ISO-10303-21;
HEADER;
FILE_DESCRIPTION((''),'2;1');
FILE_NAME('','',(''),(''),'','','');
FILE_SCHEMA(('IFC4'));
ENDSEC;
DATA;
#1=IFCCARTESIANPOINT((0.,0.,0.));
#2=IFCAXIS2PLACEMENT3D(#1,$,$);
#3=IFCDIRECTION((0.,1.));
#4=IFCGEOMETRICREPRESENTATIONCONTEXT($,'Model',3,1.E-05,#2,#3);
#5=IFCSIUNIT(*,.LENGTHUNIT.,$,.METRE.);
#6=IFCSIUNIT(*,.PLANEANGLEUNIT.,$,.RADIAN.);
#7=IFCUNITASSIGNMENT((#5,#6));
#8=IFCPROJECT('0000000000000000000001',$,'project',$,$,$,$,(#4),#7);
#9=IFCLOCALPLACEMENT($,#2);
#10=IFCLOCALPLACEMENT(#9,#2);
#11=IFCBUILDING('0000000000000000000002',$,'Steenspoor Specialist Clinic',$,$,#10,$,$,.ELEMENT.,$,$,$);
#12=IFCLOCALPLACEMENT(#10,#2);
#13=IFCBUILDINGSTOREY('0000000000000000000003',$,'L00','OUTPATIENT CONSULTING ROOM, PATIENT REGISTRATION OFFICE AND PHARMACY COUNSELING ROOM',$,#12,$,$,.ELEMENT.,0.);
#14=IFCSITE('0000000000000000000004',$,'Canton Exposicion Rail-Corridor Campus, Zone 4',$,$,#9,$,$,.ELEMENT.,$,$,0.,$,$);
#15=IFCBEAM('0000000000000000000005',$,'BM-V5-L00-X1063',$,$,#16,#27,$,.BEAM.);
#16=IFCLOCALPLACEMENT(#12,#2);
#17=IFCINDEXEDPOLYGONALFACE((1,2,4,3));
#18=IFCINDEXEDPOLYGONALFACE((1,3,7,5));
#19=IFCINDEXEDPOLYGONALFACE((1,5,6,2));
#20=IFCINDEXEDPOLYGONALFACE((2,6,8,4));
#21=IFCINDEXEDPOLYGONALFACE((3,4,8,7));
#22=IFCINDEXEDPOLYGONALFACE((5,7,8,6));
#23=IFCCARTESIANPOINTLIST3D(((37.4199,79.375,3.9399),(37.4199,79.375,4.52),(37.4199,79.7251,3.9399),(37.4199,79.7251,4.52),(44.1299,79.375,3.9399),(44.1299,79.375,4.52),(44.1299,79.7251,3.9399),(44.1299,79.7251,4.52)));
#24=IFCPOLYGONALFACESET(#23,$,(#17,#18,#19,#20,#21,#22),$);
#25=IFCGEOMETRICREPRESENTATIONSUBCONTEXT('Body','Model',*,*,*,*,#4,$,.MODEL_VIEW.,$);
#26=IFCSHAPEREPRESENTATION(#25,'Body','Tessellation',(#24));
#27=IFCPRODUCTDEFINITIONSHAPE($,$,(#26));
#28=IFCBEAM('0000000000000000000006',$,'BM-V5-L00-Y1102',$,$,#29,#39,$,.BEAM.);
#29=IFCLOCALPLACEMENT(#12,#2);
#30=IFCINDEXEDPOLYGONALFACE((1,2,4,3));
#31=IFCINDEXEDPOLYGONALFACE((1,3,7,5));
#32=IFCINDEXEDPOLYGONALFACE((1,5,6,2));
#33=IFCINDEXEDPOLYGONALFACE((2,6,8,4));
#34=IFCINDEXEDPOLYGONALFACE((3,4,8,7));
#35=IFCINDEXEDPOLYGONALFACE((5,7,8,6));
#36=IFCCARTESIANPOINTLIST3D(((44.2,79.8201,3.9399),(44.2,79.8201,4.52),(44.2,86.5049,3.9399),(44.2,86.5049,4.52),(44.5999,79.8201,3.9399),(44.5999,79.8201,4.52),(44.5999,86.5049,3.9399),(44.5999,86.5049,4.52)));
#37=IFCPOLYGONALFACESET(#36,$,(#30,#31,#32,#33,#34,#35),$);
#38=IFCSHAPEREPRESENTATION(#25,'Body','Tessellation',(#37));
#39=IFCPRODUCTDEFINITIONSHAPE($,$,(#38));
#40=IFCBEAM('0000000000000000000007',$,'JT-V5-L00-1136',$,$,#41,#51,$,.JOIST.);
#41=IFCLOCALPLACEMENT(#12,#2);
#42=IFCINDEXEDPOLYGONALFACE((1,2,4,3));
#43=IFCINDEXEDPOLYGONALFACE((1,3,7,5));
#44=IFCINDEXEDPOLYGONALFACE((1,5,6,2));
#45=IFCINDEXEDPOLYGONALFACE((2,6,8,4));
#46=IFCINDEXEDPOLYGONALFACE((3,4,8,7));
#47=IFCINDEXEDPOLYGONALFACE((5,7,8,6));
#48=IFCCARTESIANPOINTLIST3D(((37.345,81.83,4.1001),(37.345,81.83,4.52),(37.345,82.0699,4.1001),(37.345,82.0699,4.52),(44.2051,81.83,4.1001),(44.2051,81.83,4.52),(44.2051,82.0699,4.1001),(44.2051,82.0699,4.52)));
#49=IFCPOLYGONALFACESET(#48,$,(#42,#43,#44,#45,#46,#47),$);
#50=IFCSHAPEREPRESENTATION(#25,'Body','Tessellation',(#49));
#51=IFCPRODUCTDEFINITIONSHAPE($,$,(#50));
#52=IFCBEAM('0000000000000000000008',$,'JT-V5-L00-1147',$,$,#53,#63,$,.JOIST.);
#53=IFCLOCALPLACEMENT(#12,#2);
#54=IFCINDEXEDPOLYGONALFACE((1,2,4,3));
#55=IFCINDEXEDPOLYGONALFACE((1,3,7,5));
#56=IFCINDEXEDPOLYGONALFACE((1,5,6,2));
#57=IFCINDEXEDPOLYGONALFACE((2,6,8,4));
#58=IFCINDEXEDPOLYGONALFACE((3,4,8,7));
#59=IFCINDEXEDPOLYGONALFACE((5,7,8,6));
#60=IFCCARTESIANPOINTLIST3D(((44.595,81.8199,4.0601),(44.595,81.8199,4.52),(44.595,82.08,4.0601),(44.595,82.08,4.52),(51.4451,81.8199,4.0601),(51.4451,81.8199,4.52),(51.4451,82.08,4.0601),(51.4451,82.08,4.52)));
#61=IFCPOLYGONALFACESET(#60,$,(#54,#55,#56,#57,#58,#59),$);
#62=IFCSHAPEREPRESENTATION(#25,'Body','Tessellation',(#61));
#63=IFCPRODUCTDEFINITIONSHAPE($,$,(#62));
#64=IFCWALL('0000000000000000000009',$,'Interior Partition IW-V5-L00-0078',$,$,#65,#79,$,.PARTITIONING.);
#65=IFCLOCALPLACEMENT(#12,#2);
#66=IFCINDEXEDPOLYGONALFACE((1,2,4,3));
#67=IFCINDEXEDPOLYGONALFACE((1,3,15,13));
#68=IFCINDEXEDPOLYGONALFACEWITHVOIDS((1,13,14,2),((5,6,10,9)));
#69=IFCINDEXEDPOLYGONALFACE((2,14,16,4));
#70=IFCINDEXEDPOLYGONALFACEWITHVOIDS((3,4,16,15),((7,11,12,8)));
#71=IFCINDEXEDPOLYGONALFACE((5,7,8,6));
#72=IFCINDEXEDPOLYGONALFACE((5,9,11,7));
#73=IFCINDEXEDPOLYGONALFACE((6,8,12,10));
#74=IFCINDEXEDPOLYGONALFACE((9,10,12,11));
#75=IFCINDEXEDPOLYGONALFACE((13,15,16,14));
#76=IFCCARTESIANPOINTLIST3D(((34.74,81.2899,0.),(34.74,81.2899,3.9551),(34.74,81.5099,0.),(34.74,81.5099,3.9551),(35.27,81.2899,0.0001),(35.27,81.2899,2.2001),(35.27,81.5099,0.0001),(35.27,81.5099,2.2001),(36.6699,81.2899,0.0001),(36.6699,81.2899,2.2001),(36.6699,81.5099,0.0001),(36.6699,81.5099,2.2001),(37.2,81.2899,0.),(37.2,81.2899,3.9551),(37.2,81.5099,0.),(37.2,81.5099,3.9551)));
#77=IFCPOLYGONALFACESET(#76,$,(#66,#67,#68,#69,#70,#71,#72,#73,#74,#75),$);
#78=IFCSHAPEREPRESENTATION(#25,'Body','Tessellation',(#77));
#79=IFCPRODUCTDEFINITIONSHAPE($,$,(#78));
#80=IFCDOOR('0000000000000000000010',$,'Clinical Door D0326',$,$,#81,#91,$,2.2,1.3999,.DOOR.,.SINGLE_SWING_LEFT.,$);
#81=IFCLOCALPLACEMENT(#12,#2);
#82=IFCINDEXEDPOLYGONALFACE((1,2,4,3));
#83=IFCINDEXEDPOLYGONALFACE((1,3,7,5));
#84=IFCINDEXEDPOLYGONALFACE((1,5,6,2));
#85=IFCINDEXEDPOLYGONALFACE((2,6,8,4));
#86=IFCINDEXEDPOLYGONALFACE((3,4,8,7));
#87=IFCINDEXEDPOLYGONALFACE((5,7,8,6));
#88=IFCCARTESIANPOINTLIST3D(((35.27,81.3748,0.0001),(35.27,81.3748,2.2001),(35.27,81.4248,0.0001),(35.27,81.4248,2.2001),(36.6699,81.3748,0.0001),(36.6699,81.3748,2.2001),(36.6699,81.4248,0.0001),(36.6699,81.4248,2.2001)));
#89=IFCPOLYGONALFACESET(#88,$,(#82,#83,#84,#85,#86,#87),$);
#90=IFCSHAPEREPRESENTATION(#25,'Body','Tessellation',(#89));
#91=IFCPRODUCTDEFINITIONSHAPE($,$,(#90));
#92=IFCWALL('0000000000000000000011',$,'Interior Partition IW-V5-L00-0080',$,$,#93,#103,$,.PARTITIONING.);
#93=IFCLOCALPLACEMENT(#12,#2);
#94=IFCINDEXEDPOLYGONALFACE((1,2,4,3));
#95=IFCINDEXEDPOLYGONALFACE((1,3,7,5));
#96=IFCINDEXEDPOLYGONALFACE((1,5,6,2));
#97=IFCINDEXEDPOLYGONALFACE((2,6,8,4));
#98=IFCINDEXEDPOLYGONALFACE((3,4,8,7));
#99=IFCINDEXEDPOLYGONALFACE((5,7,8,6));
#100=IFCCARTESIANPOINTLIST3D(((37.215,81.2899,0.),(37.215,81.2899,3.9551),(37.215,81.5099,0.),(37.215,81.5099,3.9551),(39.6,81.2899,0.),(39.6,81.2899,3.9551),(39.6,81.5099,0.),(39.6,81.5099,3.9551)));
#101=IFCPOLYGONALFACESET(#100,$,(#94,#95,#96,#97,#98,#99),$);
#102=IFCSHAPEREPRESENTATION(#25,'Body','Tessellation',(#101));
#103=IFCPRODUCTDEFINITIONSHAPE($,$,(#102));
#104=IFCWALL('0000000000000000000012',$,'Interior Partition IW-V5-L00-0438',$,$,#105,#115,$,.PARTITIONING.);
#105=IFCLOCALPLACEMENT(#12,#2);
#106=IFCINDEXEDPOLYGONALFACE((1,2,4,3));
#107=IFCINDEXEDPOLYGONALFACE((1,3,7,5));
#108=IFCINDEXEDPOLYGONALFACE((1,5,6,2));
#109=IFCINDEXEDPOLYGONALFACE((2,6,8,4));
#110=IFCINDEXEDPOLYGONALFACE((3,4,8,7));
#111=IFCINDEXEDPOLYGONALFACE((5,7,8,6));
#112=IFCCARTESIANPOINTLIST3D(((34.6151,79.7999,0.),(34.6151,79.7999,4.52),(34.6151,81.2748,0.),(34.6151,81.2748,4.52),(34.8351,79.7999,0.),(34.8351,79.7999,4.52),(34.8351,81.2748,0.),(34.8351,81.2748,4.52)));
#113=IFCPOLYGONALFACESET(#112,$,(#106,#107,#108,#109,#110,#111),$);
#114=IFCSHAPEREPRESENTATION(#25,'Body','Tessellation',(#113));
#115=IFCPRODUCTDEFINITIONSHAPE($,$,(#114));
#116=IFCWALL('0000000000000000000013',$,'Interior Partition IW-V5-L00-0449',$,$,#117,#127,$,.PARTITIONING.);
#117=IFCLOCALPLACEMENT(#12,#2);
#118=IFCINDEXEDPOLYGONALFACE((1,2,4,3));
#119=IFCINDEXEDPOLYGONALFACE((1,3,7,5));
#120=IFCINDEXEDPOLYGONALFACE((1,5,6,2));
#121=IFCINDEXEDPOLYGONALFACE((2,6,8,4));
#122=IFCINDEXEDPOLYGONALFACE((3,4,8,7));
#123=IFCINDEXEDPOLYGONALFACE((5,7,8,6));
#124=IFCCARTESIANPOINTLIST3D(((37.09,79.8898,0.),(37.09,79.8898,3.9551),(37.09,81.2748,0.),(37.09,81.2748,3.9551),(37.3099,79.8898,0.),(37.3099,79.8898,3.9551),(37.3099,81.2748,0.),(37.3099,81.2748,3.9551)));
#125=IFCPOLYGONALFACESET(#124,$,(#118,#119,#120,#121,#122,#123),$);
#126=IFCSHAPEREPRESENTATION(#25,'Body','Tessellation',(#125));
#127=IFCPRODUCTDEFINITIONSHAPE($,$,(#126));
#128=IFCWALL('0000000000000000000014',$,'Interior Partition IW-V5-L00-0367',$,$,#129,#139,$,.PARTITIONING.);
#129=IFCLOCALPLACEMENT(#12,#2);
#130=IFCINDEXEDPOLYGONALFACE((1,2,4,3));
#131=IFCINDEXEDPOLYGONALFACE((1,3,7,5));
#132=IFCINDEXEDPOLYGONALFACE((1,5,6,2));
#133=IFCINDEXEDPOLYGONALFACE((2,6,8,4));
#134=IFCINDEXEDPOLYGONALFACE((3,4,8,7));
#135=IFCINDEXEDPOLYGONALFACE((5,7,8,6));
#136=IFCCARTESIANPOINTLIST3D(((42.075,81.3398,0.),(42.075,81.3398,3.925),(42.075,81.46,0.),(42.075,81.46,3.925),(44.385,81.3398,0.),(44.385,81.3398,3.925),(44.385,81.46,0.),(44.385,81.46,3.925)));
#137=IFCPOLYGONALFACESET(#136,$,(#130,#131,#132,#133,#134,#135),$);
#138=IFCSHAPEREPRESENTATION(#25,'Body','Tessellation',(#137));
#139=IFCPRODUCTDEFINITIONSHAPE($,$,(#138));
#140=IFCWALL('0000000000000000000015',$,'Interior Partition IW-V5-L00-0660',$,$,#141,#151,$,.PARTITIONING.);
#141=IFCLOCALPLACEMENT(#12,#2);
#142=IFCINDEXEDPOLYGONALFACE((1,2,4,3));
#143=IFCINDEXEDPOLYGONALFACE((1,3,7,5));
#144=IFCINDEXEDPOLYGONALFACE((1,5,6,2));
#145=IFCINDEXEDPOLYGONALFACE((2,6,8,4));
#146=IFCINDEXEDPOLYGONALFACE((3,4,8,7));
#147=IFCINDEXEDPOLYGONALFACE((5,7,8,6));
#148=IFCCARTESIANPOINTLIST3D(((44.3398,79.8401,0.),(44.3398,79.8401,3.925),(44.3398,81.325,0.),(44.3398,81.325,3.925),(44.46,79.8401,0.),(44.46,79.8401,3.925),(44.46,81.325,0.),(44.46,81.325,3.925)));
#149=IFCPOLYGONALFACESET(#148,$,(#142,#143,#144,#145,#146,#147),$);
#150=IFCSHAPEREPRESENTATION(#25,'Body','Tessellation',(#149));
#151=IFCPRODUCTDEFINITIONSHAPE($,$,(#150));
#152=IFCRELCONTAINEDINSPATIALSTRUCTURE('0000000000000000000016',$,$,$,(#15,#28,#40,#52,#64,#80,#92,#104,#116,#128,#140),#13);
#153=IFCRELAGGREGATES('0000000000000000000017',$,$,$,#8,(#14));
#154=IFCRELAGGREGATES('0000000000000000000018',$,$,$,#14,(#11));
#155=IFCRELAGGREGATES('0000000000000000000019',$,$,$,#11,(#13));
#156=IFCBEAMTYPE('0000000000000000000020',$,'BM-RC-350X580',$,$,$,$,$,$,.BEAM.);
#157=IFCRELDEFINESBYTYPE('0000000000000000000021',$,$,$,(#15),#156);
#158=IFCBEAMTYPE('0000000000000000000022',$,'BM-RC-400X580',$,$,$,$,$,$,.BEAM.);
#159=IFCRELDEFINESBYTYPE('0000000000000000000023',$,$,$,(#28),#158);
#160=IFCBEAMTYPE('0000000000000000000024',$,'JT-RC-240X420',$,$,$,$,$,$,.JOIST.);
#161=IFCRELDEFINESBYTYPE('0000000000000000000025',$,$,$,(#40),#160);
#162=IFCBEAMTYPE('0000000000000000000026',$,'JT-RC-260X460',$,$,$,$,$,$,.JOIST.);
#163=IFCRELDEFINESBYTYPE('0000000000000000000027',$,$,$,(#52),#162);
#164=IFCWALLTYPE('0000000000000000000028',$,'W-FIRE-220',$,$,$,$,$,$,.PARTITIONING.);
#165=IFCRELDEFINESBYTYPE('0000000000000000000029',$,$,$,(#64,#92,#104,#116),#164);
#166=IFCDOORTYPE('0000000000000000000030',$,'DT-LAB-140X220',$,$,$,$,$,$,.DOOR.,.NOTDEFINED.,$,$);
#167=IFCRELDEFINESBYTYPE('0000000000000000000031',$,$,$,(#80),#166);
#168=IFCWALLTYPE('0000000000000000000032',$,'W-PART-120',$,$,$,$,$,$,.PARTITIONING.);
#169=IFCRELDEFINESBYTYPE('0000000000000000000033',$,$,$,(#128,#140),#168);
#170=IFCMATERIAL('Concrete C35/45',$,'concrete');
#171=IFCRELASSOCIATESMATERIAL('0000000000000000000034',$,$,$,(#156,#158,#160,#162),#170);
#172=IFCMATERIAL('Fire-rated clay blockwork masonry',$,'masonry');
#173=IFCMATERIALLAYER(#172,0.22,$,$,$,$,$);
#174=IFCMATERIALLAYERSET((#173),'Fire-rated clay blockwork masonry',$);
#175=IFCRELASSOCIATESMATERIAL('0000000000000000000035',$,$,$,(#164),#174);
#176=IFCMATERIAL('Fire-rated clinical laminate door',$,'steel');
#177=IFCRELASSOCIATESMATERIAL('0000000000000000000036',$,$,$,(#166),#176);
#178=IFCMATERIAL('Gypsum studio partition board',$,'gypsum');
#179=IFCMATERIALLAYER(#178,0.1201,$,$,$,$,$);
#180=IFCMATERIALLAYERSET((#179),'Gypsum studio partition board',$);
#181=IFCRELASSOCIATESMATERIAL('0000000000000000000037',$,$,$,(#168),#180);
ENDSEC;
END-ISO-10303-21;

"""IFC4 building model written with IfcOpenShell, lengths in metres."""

from ifc_helpers import new_model, si_unit, direction, frame, frame_2d, origin, origin_2d, place, context, subcontext, project, spatial, rectangle, extrude, material, layer, layer_set, material_profile, profile_set, type_object, element, fill, save


model = new_model("IFC4")

# Units and contexts
model_context = context("Model", 3, precision=1e-05, world=origin(), true_north=direction((0.0, 1.0)))
body_context = subcontext(model_context, "Body", "Model", "MODEL_VIEW")
ifc_project = project(units=[si_unit("LENGTHUNIT", "METRE"), si_unit("PLANEANGLEUNIT", "RADIAN")], contexts=[model_context])

# Site, building, storey
site_placement = place(None, origin())
site = spatial("IfcSite", under=ifc_project, at=site_placement, Name="Canton Exposicion Rail-Corridor Campus, Zone 4", CompositionType="ELEMENT", RefElevation=0.0)
building_placement = place(site_placement, origin())
building = spatial("IfcBuilding", under=site, at=building_placement, Name="Steenspoor Specialist Clinic", CompositionType="ELEMENT")
storey_placement = place(building_placement, origin())
storey = spatial("IfcBuildingStorey", under=building, at=storey_placement, Name="L00", Description="OUTPATIENT CONSULTING ROOM, PATIENT REGISTRATION OFFICE AND PHARMACY COUNSELING ROOM", CompositionType="ELEMENT", Elevation=0.0)

# Shared definitions
ifc_material_1 = material(Name="Concrete C35/45", Category="concrete")

# Beams
ifc_material_profile_1 = material_profile(ifc_material_1, rectangle(XDim=0.3501, YDim=0.5801, at=origin_2d()), Name="RC-BM-350X580")
ifc_profile_set_1 = profile_set([ifc_material_profile_1], Name="Concrete C35/45")
beam_type_1 = type_object("IfcBeamType", Name="BM-RC-350X580", PredefinedType="BEAM", material=ifc_profile_set_1)
beam_1_placement = place(storey_placement, frame((37.4199, 79.55, 4.23), z_axis=(1.0, 0.0, 0.0), x_axis=(0.0, 1.0, 0.0)))
element("IfcBeam", 1, at=beam_1_placement, inside=storey, type_object=beam_type_1, Name="BM-V5-L00-X1063", PredefinedType="BEAM", context=body_context, shape_type="SweptSolid", body=[
    extrude(rectangle(XDim=0.3501, YDim=0.5801, at=origin_2d()), origin(), (0.0, 0.0, 1.0), 6.71),
])
ifc_material_profile_2 = material_profile(ifc_material_1, rectangle(XDim=0.3999, YDim=0.5801, at=origin_2d()), Name="RC-BM-400X580")
ifc_profile_set_2 = profile_set([ifc_material_profile_2], Name="Concrete C35/45")
beam_type_2 = type_object("IfcBeamType", Name="BM-RC-400X580", PredefinedType="BEAM", material=ifc_profile_set_2)
beam_2_placement = place(storey_placement, frame((44.3999, 79.8201, 4.23), z_axis=(0.0, 1.0, 0.0), x_axis=(-1.0, 0.0, 0.0)))
element("IfcBeam", 2, at=beam_2_placement, inside=storey, type_object=beam_type_2, Name="BM-V5-L00-Y1102", PredefinedType="BEAM", context=body_context, shape_type="SweptSolid", body=[
    extrude(rectangle(XDim=0.3999, YDim=0.5801, at=origin_2d()), origin(), (0.0, 0.0, 1.0), 6.6848),
])
ifc_material_profile_3 = material_profile(ifc_material_1, rectangle(XDim=0.24, YDim=0.4199, at=origin_2d()), Name="RC-JT-240X420")
ifc_profile_set_3 = profile_set([ifc_material_profile_3], Name="Concrete C35/45")
beam_type_3 = type_object("IfcBeamType", Name="JT-RC-240X420", PredefinedType="JOIST", material=ifc_profile_set_3)
beam_3_placement = place(storey_placement, frame((37.345, 81.95, 4.3101), z_axis=(1.0, 0.0, 0.0), x_axis=(0.0, 1.0, 0.0)))
element("IfcBeam", 3, at=beam_3_placement, inside=storey, type_object=beam_type_3, Name="JT-V5-L00-1136", PredefinedType="JOIST", context=body_context, shape_type="SweptSolid", body=[
    extrude(rectangle(XDim=0.24, YDim=0.4199, at=origin_2d()), origin(), (0.0, 0.0, 1.0), 6.8601),
])
ifc_material_profile_4 = material_profile(ifc_material_1, rectangle(XDim=0.26, YDim=0.46, at=origin_2d()), Name="RC-JT-260X460")
ifc_profile_set_4 = profile_set([ifc_material_profile_4], Name="Concrete C35/45")
beam_type_4 = type_object("IfcBeamType", Name="JT-RC-260X460", PredefinedType="JOIST", material=ifc_profile_set_4)
beam_4_placement = place(storey_placement, frame((44.595, 81.95, 4.29), z_axis=(1.0, 0.0, 0.0), x_axis=(0.0, 1.0, 0.0)))
element("IfcBeam", 4, at=beam_4_placement, inside=storey, type_object=beam_type_4, Name="JT-V5-L00-1147", PredefinedType="JOIST", context=body_context, shape_type="SweptSolid", body=[
    extrude(rectangle(XDim=0.26, YDim=0.46, at=origin_2d()), origin(), (0.0, 0.0, 1.0), 6.8501),
])

# Wall, opening, door
ifc_material_2 = material(Name="Fire-rated clay blockwork masonry", Category="masonry")
ifc_layer_1 = layer(ifc_material_2, 0.22)
ifc_layer_set_1 = layer_set([ifc_layer_1], Name="Fire-rated clay blockwork masonry")
wall_type_1 = type_object("IfcWallType", Name="W-FIRE-220", PredefinedType="PARTITIONING", material=ifc_layer_set_1)
wall_1_placement = place(storey_placement, frame((34.74, 81.3999, 0.0), z_axis=(0.0, 0.0, 1.0), x_axis=(1.0, 0.0, 0.0)))
wall_1 = element("IfcWall", 5, at=wall_1_placement, inside=storey, type_object=wall_type_1, Name="Interior Partition IW-V5-L00-0078", PredefinedType="PARTITIONING", context=body_context, shape_type="SweptSolid", body=[
    extrude(rectangle(XDim=2.46, YDim=0.22, at=frame_2d((1.23, 0.0))), origin(), (0.0, 0.0, 1.0), 3.9551),
])
opening_1_placement = place(wall_1_placement, frame((0.53, 0.0, 0.0)))
opening_1 = element("IfcOpeningElement", 6, at=opening_1_placement, cuts=wall_1, PredefinedType="OPENING", context=body_context, shape_type="SweptSolid", body=[
    extrude(rectangle(XDim=1.3999, YDim=2.2, at=frame_2d((0.7, 1.1001))), frame((0.0, 0.1201, 0.0), z_axis=(0.0, -1.0, 0.0), x_axis=(1.0, 0.0, 0.0)), (0.0, 0.0, 1.0), 0.24),
])
ifc_material_3 = material(Name="Fire-rated clinical laminate door", Category="steel")
door_type_1 = type_object("IfcDoorType", Name="DT-LAB-140X220", OperationType="NOTDEFINED", PredefinedType="DOOR", material=ifc_material_3)
door_1_placement = place(opening_1_placement, origin())
door_1 = element("IfcDoor", 7, at=door_1_placement, inside=storey, type_object=door_type_1, Name="Clinical Door D0326", OperationType="SINGLE_SWING_LEFT", OverallHeight=2.2, OverallWidth=1.3999, PredefinedType="DOOR", context=body_context, shape_type="SweptSolid", body=[
    extrude(rectangle(XDim=1.3999, YDim=2.2, at=frame_2d((0.7, 1.1001))), frame((0.0, 0.0249, 0.0), z_axis=(0.0, -1.0, 0.0), x_axis=(1.0, 0.0, 0.0)), (0.0, 0.0, 1.0), 0.05),
])
fill(opening_1, door_1)

# Walls
wall_2_placement = place(storey_placement, frame((37.2151, 81.3999, 0.0), z_axis=(0.0, 0.0, 1.0), x_axis=(1.0, 0.0, 0.0)))
element("IfcWall", 8, at=wall_2_placement, inside=storey, type_object=wall_type_1, Name="Interior Partition IW-V5-L00-0080", PredefinedType="PARTITIONING", context=body_context, shape_type="SweptSolid", body=[
    extrude(rectangle(XDim=2.385, YDim=0.22, at=frame_2d((1.1924, 0.0))), origin(), (0.0, 0.0, 1.0), 3.9551),
])
wall_3_placement = place(storey_placement, frame((34.7251, 79.8, 0.0), z_axis=(0.0, 0.0, 1.0), x_axis=(0.0, 1.0, 0.0)))
element("IfcWall", 9, at=wall_3_placement, inside=storey, type_object=wall_type_1, Name="Interior Partition IW-V5-L00-0438", PredefinedType="PARTITIONING", context=body_context, shape_type="SweptSolid", body=[
    extrude(rectangle(XDim=1.4749, YDim=0.22, at=frame_2d((0.7373, 0.0))), origin(), (0.0, 0.0, 1.0), 4.52),
])
wall_4_placement = place(storey_placement, frame((37.2, 79.8899, 0.0), z_axis=(0.0, 0.0, 1.0), x_axis=(0.0, 1.0, 0.0)))
element("IfcWall", 10, at=wall_4_placement, inside=storey, type_object=wall_type_1, Name="Interior Partition IW-V5-L00-0449", PredefinedType="PARTITIONING", context=body_context, shape_type="SweptSolid", body=[
    extrude(rectangle(XDim=1.385, YDim=0.22, at=frame_2d((0.6924, 0.0))), origin(), (0.0, 0.0, 1.0), 3.9551),
])

# Shared definitions
ifc_material_4 = material(Name="Gypsum studio partition board", Category="gypsum")
ifc_layer_2 = layer(ifc_material_4, 0.1201)
ifc_layer_set_2 = layer_set([ifc_layer_2], Name="Gypsum studio partition board")
wall_type_2 = type_object("IfcWallType", Name="W-PART-120", PredefinedType="PARTITIONING", material=ifc_layer_set_2)

# Walls
wall_5_placement = place(storey_placement, frame((42.075, 81.3999, 0.0), z_axis=(0.0, 0.0, 1.0), x_axis=(1.0, 0.0, 0.0)))
element("IfcWall", 11, at=wall_5_placement, inside=storey, type_object=wall_type_2, Name="Interior Partition IW-V5-L00-0367", PredefinedType="PARTITIONING", context=body_context, shape_type="SweptSolid", body=[
    extrude(rectangle(XDim=2.3101, YDim=0.1201, at=frame_2d((1.155, 0.0))), origin(), (0.0, 0.0, 1.0), 3.925),
])
wall_6_placement = place(storey_placement, frame((44.3999, 79.8401, 0.0), z_axis=(0.0, 0.0, 1.0), x_axis=(0.0, 1.0, 0.0)))
element("IfcWall", 12, at=wall_6_placement, inside=storey, type_object=wall_type_2, Name="Interior Partition IW-V5-L00-0660", PredefinedType="PARTITIONING", context=body_context, shape_type="SweptSolid", body=[
    extrude(rectangle(XDim=1.4849, YDim=0.1201, at=frame_2d((0.7424, 0.0))), origin(), (0.0, 0.0, 1.0), 3.925),
])

save(model, "model.ifc")
